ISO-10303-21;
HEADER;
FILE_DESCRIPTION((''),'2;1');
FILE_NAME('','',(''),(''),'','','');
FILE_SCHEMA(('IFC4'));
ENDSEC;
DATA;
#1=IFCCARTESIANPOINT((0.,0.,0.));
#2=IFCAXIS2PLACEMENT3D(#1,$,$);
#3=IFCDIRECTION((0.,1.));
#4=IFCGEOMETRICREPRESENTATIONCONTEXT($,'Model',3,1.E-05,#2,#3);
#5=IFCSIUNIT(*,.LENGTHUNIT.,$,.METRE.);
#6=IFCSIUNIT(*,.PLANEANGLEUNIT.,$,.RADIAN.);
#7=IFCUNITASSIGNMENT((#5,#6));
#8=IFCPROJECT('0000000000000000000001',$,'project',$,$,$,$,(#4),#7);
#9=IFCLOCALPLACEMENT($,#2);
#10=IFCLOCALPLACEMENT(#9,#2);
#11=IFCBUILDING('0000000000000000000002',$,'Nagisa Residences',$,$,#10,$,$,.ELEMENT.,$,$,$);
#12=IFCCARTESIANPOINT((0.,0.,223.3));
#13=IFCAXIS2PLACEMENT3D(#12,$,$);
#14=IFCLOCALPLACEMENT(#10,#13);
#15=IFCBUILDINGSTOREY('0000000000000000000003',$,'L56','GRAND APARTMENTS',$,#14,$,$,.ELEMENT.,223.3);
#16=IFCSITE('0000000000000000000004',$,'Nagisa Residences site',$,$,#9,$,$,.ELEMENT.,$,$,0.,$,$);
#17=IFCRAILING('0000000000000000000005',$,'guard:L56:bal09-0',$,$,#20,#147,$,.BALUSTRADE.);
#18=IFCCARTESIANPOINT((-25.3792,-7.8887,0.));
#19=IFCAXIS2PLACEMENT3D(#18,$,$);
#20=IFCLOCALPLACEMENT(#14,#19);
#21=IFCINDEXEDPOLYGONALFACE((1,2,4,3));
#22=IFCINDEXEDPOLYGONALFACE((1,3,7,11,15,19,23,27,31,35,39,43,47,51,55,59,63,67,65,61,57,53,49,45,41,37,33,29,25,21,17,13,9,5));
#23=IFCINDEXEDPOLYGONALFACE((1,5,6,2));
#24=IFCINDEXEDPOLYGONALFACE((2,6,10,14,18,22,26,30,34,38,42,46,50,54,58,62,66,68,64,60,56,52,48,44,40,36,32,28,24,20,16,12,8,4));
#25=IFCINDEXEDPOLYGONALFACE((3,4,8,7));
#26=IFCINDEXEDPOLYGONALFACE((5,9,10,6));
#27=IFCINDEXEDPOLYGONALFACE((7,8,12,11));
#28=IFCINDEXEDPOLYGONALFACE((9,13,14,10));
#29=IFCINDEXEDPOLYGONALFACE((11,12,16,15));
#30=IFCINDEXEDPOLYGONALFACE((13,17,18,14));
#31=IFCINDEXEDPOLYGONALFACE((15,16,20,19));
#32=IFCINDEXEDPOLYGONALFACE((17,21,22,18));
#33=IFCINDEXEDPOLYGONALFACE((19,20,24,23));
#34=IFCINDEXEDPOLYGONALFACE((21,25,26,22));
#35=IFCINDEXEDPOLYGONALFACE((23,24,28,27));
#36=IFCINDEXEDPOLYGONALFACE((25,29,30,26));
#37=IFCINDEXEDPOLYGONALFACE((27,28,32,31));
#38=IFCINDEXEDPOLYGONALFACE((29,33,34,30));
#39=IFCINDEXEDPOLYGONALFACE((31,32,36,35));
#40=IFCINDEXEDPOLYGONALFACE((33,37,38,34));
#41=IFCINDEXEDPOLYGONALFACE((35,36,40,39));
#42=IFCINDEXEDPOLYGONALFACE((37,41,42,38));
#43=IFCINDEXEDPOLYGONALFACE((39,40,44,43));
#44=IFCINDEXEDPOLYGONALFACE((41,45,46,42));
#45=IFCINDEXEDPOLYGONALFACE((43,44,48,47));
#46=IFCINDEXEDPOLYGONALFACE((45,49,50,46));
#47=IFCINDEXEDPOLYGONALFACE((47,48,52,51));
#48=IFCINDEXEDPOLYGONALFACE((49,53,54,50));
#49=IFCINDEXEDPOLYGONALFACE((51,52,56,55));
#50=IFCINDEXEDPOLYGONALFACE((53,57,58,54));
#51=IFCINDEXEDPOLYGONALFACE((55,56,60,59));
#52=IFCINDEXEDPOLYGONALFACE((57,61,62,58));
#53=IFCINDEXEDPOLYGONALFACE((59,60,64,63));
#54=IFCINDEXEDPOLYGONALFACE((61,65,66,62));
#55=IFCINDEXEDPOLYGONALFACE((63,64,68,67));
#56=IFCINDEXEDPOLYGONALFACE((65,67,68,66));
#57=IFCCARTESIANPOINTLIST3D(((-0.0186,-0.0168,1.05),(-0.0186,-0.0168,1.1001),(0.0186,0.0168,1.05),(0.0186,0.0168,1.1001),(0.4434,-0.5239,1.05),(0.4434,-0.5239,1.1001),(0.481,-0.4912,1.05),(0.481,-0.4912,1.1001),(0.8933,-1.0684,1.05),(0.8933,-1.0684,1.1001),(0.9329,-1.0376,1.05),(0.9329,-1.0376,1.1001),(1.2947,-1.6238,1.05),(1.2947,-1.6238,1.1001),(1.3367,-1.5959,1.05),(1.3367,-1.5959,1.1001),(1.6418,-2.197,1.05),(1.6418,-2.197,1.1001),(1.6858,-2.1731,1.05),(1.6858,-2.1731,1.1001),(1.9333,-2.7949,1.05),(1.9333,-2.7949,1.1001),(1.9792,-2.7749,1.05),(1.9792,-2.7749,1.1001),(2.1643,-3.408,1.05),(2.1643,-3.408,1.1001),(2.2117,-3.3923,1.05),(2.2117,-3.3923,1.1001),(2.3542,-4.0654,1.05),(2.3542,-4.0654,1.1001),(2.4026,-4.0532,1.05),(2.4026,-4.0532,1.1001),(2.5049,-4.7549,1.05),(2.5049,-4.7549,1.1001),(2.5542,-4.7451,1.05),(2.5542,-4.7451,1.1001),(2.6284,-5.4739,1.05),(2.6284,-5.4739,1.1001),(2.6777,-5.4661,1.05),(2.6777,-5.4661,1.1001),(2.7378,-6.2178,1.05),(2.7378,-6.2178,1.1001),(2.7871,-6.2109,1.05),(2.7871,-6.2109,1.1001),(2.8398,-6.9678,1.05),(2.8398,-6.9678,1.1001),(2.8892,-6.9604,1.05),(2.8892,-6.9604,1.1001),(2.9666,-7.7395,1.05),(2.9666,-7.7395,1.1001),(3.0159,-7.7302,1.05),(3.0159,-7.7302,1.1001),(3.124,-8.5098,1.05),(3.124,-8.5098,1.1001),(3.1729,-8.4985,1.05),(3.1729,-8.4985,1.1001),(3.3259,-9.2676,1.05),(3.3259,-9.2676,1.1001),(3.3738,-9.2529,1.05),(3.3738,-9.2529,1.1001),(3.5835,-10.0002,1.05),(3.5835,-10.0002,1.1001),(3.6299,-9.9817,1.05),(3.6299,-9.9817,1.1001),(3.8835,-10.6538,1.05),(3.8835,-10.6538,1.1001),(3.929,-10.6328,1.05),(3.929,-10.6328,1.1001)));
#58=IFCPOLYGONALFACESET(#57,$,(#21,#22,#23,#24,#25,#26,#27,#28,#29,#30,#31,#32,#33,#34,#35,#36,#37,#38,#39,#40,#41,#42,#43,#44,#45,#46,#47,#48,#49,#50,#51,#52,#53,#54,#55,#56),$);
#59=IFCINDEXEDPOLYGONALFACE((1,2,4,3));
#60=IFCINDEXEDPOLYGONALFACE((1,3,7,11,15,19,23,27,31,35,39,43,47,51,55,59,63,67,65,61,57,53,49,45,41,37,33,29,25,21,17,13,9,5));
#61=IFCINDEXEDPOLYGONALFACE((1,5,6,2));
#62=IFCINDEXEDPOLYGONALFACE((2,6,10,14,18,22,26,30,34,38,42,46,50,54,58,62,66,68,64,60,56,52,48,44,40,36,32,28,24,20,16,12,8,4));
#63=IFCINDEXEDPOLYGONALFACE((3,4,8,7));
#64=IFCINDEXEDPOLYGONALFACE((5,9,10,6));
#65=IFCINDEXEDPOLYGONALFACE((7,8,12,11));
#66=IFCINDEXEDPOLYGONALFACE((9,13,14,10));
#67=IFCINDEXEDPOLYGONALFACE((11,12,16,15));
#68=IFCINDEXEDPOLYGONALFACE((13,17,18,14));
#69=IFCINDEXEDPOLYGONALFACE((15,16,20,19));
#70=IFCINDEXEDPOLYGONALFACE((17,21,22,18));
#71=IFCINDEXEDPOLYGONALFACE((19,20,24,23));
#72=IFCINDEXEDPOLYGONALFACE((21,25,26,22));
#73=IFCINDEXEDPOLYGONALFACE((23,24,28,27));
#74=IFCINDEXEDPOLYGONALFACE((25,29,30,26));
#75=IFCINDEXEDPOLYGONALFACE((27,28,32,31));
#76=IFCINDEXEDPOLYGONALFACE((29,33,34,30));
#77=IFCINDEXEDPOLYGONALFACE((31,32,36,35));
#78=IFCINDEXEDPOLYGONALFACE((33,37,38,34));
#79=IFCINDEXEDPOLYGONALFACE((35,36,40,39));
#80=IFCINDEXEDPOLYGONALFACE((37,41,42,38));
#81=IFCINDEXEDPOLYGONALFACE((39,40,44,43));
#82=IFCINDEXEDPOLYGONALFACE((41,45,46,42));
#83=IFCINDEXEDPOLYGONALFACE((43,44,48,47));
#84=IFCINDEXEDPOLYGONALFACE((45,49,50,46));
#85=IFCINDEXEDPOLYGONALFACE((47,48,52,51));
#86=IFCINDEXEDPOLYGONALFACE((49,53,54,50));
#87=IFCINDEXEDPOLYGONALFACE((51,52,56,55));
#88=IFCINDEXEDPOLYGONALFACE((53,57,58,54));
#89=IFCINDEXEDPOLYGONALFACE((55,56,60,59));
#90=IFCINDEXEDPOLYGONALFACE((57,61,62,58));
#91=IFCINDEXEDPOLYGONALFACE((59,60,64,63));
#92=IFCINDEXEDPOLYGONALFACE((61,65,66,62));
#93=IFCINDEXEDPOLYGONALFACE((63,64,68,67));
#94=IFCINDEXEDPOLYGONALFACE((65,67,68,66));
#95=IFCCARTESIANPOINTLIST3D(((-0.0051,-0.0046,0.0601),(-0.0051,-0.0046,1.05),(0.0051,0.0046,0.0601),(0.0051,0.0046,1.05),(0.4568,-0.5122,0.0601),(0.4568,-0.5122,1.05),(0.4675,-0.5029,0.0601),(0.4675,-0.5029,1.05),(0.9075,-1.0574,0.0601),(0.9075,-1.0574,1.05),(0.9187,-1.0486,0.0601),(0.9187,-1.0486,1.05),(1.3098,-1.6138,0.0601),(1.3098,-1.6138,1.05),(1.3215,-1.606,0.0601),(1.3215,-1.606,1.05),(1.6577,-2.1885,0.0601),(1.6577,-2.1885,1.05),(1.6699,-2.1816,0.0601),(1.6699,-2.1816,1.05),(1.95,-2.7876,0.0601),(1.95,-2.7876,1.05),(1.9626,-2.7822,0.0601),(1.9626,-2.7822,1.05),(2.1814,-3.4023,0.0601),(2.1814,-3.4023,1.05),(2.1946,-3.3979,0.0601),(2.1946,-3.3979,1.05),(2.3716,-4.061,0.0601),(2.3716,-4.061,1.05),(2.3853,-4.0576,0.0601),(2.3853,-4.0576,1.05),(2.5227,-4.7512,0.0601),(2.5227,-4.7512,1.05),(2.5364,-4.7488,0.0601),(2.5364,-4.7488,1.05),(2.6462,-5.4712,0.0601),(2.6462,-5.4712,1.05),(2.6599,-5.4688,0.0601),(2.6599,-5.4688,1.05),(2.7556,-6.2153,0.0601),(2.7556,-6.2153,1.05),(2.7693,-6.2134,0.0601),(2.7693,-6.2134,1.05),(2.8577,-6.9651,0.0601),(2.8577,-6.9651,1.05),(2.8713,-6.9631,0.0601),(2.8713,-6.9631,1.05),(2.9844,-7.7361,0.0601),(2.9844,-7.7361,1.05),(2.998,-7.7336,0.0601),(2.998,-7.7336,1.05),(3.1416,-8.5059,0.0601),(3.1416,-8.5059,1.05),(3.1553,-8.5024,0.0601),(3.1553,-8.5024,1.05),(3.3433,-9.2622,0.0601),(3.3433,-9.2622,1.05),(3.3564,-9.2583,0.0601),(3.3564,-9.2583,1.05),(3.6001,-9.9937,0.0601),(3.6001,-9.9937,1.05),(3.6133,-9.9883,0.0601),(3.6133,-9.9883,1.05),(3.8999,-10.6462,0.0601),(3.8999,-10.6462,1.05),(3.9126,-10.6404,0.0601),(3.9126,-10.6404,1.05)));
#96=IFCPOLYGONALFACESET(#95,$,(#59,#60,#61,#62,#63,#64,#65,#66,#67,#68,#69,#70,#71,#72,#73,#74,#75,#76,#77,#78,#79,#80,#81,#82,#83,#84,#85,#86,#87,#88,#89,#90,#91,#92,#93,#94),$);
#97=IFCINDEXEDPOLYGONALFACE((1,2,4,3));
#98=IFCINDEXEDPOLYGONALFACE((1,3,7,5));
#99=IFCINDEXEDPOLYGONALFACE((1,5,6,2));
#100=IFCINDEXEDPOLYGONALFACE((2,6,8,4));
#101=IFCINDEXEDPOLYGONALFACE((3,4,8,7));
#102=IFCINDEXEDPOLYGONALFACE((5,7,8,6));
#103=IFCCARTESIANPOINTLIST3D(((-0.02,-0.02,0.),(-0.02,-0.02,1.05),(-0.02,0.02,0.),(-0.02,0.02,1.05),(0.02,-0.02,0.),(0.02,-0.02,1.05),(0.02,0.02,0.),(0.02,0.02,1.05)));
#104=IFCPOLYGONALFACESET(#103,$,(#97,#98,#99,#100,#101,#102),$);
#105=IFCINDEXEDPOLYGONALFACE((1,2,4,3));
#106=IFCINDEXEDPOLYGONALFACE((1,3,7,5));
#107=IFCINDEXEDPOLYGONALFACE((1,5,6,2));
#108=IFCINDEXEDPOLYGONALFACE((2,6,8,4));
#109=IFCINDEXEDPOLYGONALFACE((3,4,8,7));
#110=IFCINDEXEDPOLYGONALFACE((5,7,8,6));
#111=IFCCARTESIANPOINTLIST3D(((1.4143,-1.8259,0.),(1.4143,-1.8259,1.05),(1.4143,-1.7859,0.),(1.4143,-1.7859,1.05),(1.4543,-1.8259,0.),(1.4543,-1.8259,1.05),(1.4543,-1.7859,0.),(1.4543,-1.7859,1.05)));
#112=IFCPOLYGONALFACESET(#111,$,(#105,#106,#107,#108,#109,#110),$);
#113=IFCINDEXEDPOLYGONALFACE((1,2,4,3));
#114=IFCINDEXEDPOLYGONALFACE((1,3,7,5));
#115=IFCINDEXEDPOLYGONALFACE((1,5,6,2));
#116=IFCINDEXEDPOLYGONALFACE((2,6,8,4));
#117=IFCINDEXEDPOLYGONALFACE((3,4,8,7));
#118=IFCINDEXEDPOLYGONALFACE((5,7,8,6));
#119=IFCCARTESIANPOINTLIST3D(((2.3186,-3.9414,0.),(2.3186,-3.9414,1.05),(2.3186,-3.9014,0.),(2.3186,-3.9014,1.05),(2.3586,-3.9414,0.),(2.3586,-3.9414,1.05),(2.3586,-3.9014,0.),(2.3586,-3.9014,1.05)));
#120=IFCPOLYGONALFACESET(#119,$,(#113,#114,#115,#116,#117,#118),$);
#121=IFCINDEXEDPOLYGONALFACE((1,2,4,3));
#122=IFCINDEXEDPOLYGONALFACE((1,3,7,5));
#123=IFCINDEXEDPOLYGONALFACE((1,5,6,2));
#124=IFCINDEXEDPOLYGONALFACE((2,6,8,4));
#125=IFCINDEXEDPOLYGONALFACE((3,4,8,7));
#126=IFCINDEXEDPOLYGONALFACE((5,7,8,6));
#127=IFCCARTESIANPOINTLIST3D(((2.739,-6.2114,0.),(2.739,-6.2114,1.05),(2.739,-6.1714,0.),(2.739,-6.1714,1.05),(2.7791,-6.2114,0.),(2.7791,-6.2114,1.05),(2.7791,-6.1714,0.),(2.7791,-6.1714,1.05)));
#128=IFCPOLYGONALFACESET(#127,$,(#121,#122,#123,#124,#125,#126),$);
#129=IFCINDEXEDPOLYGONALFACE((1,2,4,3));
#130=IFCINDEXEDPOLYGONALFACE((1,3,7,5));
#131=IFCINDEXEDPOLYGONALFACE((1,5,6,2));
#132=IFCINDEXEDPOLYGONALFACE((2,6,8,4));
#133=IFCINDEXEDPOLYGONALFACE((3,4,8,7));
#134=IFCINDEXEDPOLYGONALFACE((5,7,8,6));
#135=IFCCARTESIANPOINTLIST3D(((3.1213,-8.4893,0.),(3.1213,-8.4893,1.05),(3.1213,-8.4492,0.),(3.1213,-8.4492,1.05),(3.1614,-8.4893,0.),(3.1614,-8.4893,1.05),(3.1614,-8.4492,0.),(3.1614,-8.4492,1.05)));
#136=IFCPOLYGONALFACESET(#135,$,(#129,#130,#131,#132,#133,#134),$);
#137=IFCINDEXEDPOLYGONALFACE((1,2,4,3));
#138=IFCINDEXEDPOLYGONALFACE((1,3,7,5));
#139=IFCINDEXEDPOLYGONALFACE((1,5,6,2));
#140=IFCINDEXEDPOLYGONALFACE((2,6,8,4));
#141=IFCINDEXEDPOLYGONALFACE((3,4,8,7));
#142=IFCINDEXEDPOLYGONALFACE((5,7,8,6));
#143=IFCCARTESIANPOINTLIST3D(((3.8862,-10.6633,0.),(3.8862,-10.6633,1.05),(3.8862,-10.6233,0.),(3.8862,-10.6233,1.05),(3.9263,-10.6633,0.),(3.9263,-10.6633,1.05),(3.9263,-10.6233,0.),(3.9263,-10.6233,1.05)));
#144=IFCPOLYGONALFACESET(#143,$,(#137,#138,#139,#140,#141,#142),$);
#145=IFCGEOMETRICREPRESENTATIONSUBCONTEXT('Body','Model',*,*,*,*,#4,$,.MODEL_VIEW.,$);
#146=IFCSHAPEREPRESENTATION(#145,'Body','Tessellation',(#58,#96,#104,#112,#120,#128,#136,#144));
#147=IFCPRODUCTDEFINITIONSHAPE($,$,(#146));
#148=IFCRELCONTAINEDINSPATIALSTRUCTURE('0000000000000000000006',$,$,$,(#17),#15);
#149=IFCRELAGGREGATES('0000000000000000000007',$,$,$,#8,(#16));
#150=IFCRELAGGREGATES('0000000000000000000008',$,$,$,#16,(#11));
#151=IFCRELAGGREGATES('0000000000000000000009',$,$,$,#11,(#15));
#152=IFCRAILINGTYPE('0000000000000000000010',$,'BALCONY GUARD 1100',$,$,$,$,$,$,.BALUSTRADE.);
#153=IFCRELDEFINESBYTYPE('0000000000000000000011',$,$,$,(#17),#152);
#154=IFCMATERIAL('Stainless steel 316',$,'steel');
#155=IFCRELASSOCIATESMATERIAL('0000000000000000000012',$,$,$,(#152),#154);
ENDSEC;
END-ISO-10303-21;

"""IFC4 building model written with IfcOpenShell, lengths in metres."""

from ifc_helpers import new_model, si_unit, direction, frame, origin, origin_2d, place, context, subcontext, project, spatial, polyline, rectangle, outline, extrude, material, type_object, element, save


model = new_model("IFC4")

# Units and contexts
model_context = context("Model", 3, precision=1e-05, world=origin(), true_north=direction((0.0, 1.0)))
body_context = subcontext(model_context, "Body", "Model", "MODEL_VIEW")
ifc_project = project(units=[si_unit("LENGTHUNIT", "METRE"), si_unit("PLANEANGLEUNIT", "RADIAN")], contexts=[model_context])

# Site, building, storey
site_placement = place(None, origin())
site = spatial("IfcSite", under=ifc_project, at=site_placement, Name="Nagisa Residences site", CompositionType="ELEMENT", RefElevation=0.0)
building_placement = place(site_placement, origin())
building = spatial("IfcBuilding", under=site, at=building_placement, Name="Nagisa Residences", CompositionType="ELEMENT")
storey_placement = place(building_placement, frame((0.0, 0.0, 223.3)))
storey = spatial("IfcBuildingStorey", under=building, at=storey_placement, Name="L56", Description="GRAND APARTMENTS", CompositionType="ELEMENT", Elevation=223.3)

# Railing
ifc_material_1 = material(Name="Stainless steel 316", Category="steel")
railing_type = type_object("IfcRailingType", Name="BALCONY GUARD 1100", PredefinedType="BALUSTRADE", material=ifc_material_1)
railing_placement = place(storey_placement, frame((-25.3792, -7.8887, 0.0)))
element("IfcRailing", 1, at=railing_placement, inside=storey, type_object=railing_type, Name="guard:L56:bal09-0", PredefinedType="BALUSTRADE", context=body_context, shape_type="SweptSolid", body=[
    extrude(outline(polyline([(0.481, -0.4912), (0.0186, 0.0168), (-0.0186, -0.0168), (0.4434, -0.5239), (0.8933, -1.0684), (1.2947, -1.6238), (1.6418, -2.197), (1.9333, -2.7949), (2.1643, -3.408), (2.3542, -4.0654), (2.5049, -4.7549), (2.6284, -5.4739), (2.7378, -6.2178), (2.8398, -6.9678), (2.9666, -7.7395), (3.124, -8.5098), (3.3259, -9.2676), (3.5835, -10.0002), (3.8835, -10.6538), (3.929, -10.6328), (3.6299, -9.9817), (3.3738, -9.2529), (3.1729, -8.4985), (3.0159, -7.7302), (2.8892, -6.9604), (2.7871, -6.2109), (2.6777, -5.4661), (2.5542, -4.7451), (2.4026, -4.0532), (2.2117, -3.3923), (1.9792, -2.7749), (1.6858, -2.1731), (1.3367, -1.5959), (0.9329, -1.0376), (0.481, -0.4912)])), frame((0.0, 0.0, 1.05)), (0.0, 0.0, 1.0), 0.05),
    extrude(outline(polyline([(0.4675, -0.5029), (0.0051, 0.0046), (-0.0051, -0.0046), (0.4568, -0.5122), (0.9075, -1.0574), (1.3098, -1.6138), (1.6577, -2.1885), (1.95, -2.7876), (2.1814, -3.4023), (2.3716, -4.061), (2.5227, -4.7512), (2.6462, -5.4712), (2.7556, -6.2153), (2.8577, -6.9651), (2.9844, -7.7361), (3.1416, -8.5059), (3.3433, -9.2622), (3.6001, -9.9937), (3.8999, -10.6462), (3.9126, -10.6404), (3.6133, -9.9883), (3.3564, -9.2583), (3.1553, -8.5024), (2.998, -7.7336), (2.8713, -6.9631), (2.7693, -6.2134), (2.6599, -5.4688), (2.5364, -4.7488), (2.3853, -4.0576), (2.1946, -3.3979), (1.9626, -2.7822), (1.6699, -2.1816), (1.3215, -1.606), (0.9187, -1.0486), (0.4675, -0.5029)])), frame((0.0, 0.0, 0.0601)), (0.0, 0.0, 1.0), 0.99),
    extrude(rectangle(XDim=0.04, YDim=0.04, at=origin_2d()), origin(), (0.0, 0.0, 1.0), 1.05),
    extrude(rectangle(XDim=0.04, YDim=0.04, at=origin_2d()), frame((1.4343, -1.8059, 0.0)), (0.0, 0.0, 1.0), 1.05),
    extrude(rectangle(XDim=0.04, YDim=0.04, at=origin_2d()), frame((2.3386, -3.9214, 0.0)), (0.0, 0.0, 1.0), 1.05),
    extrude(rectangle(XDim=0.04, YDim=0.04, at=origin_2d()), frame((2.759, -6.1914, 0.0)), (0.0, 0.0, 1.0), 1.05),
    extrude(rectangle(XDim=0.04, YDim=0.04, at=origin_2d()), frame((3.1414, -8.4692, 0.0)), (0.0, 0.0, 1.0), 1.05),
    extrude(rectangle(XDim=0.04, YDim=0.04, at=origin_2d()), frame((3.9062, -10.6433, 0.0)), (0.0, 0.0, 1.0), 1.05),
])

save(model, "model.ifc")
